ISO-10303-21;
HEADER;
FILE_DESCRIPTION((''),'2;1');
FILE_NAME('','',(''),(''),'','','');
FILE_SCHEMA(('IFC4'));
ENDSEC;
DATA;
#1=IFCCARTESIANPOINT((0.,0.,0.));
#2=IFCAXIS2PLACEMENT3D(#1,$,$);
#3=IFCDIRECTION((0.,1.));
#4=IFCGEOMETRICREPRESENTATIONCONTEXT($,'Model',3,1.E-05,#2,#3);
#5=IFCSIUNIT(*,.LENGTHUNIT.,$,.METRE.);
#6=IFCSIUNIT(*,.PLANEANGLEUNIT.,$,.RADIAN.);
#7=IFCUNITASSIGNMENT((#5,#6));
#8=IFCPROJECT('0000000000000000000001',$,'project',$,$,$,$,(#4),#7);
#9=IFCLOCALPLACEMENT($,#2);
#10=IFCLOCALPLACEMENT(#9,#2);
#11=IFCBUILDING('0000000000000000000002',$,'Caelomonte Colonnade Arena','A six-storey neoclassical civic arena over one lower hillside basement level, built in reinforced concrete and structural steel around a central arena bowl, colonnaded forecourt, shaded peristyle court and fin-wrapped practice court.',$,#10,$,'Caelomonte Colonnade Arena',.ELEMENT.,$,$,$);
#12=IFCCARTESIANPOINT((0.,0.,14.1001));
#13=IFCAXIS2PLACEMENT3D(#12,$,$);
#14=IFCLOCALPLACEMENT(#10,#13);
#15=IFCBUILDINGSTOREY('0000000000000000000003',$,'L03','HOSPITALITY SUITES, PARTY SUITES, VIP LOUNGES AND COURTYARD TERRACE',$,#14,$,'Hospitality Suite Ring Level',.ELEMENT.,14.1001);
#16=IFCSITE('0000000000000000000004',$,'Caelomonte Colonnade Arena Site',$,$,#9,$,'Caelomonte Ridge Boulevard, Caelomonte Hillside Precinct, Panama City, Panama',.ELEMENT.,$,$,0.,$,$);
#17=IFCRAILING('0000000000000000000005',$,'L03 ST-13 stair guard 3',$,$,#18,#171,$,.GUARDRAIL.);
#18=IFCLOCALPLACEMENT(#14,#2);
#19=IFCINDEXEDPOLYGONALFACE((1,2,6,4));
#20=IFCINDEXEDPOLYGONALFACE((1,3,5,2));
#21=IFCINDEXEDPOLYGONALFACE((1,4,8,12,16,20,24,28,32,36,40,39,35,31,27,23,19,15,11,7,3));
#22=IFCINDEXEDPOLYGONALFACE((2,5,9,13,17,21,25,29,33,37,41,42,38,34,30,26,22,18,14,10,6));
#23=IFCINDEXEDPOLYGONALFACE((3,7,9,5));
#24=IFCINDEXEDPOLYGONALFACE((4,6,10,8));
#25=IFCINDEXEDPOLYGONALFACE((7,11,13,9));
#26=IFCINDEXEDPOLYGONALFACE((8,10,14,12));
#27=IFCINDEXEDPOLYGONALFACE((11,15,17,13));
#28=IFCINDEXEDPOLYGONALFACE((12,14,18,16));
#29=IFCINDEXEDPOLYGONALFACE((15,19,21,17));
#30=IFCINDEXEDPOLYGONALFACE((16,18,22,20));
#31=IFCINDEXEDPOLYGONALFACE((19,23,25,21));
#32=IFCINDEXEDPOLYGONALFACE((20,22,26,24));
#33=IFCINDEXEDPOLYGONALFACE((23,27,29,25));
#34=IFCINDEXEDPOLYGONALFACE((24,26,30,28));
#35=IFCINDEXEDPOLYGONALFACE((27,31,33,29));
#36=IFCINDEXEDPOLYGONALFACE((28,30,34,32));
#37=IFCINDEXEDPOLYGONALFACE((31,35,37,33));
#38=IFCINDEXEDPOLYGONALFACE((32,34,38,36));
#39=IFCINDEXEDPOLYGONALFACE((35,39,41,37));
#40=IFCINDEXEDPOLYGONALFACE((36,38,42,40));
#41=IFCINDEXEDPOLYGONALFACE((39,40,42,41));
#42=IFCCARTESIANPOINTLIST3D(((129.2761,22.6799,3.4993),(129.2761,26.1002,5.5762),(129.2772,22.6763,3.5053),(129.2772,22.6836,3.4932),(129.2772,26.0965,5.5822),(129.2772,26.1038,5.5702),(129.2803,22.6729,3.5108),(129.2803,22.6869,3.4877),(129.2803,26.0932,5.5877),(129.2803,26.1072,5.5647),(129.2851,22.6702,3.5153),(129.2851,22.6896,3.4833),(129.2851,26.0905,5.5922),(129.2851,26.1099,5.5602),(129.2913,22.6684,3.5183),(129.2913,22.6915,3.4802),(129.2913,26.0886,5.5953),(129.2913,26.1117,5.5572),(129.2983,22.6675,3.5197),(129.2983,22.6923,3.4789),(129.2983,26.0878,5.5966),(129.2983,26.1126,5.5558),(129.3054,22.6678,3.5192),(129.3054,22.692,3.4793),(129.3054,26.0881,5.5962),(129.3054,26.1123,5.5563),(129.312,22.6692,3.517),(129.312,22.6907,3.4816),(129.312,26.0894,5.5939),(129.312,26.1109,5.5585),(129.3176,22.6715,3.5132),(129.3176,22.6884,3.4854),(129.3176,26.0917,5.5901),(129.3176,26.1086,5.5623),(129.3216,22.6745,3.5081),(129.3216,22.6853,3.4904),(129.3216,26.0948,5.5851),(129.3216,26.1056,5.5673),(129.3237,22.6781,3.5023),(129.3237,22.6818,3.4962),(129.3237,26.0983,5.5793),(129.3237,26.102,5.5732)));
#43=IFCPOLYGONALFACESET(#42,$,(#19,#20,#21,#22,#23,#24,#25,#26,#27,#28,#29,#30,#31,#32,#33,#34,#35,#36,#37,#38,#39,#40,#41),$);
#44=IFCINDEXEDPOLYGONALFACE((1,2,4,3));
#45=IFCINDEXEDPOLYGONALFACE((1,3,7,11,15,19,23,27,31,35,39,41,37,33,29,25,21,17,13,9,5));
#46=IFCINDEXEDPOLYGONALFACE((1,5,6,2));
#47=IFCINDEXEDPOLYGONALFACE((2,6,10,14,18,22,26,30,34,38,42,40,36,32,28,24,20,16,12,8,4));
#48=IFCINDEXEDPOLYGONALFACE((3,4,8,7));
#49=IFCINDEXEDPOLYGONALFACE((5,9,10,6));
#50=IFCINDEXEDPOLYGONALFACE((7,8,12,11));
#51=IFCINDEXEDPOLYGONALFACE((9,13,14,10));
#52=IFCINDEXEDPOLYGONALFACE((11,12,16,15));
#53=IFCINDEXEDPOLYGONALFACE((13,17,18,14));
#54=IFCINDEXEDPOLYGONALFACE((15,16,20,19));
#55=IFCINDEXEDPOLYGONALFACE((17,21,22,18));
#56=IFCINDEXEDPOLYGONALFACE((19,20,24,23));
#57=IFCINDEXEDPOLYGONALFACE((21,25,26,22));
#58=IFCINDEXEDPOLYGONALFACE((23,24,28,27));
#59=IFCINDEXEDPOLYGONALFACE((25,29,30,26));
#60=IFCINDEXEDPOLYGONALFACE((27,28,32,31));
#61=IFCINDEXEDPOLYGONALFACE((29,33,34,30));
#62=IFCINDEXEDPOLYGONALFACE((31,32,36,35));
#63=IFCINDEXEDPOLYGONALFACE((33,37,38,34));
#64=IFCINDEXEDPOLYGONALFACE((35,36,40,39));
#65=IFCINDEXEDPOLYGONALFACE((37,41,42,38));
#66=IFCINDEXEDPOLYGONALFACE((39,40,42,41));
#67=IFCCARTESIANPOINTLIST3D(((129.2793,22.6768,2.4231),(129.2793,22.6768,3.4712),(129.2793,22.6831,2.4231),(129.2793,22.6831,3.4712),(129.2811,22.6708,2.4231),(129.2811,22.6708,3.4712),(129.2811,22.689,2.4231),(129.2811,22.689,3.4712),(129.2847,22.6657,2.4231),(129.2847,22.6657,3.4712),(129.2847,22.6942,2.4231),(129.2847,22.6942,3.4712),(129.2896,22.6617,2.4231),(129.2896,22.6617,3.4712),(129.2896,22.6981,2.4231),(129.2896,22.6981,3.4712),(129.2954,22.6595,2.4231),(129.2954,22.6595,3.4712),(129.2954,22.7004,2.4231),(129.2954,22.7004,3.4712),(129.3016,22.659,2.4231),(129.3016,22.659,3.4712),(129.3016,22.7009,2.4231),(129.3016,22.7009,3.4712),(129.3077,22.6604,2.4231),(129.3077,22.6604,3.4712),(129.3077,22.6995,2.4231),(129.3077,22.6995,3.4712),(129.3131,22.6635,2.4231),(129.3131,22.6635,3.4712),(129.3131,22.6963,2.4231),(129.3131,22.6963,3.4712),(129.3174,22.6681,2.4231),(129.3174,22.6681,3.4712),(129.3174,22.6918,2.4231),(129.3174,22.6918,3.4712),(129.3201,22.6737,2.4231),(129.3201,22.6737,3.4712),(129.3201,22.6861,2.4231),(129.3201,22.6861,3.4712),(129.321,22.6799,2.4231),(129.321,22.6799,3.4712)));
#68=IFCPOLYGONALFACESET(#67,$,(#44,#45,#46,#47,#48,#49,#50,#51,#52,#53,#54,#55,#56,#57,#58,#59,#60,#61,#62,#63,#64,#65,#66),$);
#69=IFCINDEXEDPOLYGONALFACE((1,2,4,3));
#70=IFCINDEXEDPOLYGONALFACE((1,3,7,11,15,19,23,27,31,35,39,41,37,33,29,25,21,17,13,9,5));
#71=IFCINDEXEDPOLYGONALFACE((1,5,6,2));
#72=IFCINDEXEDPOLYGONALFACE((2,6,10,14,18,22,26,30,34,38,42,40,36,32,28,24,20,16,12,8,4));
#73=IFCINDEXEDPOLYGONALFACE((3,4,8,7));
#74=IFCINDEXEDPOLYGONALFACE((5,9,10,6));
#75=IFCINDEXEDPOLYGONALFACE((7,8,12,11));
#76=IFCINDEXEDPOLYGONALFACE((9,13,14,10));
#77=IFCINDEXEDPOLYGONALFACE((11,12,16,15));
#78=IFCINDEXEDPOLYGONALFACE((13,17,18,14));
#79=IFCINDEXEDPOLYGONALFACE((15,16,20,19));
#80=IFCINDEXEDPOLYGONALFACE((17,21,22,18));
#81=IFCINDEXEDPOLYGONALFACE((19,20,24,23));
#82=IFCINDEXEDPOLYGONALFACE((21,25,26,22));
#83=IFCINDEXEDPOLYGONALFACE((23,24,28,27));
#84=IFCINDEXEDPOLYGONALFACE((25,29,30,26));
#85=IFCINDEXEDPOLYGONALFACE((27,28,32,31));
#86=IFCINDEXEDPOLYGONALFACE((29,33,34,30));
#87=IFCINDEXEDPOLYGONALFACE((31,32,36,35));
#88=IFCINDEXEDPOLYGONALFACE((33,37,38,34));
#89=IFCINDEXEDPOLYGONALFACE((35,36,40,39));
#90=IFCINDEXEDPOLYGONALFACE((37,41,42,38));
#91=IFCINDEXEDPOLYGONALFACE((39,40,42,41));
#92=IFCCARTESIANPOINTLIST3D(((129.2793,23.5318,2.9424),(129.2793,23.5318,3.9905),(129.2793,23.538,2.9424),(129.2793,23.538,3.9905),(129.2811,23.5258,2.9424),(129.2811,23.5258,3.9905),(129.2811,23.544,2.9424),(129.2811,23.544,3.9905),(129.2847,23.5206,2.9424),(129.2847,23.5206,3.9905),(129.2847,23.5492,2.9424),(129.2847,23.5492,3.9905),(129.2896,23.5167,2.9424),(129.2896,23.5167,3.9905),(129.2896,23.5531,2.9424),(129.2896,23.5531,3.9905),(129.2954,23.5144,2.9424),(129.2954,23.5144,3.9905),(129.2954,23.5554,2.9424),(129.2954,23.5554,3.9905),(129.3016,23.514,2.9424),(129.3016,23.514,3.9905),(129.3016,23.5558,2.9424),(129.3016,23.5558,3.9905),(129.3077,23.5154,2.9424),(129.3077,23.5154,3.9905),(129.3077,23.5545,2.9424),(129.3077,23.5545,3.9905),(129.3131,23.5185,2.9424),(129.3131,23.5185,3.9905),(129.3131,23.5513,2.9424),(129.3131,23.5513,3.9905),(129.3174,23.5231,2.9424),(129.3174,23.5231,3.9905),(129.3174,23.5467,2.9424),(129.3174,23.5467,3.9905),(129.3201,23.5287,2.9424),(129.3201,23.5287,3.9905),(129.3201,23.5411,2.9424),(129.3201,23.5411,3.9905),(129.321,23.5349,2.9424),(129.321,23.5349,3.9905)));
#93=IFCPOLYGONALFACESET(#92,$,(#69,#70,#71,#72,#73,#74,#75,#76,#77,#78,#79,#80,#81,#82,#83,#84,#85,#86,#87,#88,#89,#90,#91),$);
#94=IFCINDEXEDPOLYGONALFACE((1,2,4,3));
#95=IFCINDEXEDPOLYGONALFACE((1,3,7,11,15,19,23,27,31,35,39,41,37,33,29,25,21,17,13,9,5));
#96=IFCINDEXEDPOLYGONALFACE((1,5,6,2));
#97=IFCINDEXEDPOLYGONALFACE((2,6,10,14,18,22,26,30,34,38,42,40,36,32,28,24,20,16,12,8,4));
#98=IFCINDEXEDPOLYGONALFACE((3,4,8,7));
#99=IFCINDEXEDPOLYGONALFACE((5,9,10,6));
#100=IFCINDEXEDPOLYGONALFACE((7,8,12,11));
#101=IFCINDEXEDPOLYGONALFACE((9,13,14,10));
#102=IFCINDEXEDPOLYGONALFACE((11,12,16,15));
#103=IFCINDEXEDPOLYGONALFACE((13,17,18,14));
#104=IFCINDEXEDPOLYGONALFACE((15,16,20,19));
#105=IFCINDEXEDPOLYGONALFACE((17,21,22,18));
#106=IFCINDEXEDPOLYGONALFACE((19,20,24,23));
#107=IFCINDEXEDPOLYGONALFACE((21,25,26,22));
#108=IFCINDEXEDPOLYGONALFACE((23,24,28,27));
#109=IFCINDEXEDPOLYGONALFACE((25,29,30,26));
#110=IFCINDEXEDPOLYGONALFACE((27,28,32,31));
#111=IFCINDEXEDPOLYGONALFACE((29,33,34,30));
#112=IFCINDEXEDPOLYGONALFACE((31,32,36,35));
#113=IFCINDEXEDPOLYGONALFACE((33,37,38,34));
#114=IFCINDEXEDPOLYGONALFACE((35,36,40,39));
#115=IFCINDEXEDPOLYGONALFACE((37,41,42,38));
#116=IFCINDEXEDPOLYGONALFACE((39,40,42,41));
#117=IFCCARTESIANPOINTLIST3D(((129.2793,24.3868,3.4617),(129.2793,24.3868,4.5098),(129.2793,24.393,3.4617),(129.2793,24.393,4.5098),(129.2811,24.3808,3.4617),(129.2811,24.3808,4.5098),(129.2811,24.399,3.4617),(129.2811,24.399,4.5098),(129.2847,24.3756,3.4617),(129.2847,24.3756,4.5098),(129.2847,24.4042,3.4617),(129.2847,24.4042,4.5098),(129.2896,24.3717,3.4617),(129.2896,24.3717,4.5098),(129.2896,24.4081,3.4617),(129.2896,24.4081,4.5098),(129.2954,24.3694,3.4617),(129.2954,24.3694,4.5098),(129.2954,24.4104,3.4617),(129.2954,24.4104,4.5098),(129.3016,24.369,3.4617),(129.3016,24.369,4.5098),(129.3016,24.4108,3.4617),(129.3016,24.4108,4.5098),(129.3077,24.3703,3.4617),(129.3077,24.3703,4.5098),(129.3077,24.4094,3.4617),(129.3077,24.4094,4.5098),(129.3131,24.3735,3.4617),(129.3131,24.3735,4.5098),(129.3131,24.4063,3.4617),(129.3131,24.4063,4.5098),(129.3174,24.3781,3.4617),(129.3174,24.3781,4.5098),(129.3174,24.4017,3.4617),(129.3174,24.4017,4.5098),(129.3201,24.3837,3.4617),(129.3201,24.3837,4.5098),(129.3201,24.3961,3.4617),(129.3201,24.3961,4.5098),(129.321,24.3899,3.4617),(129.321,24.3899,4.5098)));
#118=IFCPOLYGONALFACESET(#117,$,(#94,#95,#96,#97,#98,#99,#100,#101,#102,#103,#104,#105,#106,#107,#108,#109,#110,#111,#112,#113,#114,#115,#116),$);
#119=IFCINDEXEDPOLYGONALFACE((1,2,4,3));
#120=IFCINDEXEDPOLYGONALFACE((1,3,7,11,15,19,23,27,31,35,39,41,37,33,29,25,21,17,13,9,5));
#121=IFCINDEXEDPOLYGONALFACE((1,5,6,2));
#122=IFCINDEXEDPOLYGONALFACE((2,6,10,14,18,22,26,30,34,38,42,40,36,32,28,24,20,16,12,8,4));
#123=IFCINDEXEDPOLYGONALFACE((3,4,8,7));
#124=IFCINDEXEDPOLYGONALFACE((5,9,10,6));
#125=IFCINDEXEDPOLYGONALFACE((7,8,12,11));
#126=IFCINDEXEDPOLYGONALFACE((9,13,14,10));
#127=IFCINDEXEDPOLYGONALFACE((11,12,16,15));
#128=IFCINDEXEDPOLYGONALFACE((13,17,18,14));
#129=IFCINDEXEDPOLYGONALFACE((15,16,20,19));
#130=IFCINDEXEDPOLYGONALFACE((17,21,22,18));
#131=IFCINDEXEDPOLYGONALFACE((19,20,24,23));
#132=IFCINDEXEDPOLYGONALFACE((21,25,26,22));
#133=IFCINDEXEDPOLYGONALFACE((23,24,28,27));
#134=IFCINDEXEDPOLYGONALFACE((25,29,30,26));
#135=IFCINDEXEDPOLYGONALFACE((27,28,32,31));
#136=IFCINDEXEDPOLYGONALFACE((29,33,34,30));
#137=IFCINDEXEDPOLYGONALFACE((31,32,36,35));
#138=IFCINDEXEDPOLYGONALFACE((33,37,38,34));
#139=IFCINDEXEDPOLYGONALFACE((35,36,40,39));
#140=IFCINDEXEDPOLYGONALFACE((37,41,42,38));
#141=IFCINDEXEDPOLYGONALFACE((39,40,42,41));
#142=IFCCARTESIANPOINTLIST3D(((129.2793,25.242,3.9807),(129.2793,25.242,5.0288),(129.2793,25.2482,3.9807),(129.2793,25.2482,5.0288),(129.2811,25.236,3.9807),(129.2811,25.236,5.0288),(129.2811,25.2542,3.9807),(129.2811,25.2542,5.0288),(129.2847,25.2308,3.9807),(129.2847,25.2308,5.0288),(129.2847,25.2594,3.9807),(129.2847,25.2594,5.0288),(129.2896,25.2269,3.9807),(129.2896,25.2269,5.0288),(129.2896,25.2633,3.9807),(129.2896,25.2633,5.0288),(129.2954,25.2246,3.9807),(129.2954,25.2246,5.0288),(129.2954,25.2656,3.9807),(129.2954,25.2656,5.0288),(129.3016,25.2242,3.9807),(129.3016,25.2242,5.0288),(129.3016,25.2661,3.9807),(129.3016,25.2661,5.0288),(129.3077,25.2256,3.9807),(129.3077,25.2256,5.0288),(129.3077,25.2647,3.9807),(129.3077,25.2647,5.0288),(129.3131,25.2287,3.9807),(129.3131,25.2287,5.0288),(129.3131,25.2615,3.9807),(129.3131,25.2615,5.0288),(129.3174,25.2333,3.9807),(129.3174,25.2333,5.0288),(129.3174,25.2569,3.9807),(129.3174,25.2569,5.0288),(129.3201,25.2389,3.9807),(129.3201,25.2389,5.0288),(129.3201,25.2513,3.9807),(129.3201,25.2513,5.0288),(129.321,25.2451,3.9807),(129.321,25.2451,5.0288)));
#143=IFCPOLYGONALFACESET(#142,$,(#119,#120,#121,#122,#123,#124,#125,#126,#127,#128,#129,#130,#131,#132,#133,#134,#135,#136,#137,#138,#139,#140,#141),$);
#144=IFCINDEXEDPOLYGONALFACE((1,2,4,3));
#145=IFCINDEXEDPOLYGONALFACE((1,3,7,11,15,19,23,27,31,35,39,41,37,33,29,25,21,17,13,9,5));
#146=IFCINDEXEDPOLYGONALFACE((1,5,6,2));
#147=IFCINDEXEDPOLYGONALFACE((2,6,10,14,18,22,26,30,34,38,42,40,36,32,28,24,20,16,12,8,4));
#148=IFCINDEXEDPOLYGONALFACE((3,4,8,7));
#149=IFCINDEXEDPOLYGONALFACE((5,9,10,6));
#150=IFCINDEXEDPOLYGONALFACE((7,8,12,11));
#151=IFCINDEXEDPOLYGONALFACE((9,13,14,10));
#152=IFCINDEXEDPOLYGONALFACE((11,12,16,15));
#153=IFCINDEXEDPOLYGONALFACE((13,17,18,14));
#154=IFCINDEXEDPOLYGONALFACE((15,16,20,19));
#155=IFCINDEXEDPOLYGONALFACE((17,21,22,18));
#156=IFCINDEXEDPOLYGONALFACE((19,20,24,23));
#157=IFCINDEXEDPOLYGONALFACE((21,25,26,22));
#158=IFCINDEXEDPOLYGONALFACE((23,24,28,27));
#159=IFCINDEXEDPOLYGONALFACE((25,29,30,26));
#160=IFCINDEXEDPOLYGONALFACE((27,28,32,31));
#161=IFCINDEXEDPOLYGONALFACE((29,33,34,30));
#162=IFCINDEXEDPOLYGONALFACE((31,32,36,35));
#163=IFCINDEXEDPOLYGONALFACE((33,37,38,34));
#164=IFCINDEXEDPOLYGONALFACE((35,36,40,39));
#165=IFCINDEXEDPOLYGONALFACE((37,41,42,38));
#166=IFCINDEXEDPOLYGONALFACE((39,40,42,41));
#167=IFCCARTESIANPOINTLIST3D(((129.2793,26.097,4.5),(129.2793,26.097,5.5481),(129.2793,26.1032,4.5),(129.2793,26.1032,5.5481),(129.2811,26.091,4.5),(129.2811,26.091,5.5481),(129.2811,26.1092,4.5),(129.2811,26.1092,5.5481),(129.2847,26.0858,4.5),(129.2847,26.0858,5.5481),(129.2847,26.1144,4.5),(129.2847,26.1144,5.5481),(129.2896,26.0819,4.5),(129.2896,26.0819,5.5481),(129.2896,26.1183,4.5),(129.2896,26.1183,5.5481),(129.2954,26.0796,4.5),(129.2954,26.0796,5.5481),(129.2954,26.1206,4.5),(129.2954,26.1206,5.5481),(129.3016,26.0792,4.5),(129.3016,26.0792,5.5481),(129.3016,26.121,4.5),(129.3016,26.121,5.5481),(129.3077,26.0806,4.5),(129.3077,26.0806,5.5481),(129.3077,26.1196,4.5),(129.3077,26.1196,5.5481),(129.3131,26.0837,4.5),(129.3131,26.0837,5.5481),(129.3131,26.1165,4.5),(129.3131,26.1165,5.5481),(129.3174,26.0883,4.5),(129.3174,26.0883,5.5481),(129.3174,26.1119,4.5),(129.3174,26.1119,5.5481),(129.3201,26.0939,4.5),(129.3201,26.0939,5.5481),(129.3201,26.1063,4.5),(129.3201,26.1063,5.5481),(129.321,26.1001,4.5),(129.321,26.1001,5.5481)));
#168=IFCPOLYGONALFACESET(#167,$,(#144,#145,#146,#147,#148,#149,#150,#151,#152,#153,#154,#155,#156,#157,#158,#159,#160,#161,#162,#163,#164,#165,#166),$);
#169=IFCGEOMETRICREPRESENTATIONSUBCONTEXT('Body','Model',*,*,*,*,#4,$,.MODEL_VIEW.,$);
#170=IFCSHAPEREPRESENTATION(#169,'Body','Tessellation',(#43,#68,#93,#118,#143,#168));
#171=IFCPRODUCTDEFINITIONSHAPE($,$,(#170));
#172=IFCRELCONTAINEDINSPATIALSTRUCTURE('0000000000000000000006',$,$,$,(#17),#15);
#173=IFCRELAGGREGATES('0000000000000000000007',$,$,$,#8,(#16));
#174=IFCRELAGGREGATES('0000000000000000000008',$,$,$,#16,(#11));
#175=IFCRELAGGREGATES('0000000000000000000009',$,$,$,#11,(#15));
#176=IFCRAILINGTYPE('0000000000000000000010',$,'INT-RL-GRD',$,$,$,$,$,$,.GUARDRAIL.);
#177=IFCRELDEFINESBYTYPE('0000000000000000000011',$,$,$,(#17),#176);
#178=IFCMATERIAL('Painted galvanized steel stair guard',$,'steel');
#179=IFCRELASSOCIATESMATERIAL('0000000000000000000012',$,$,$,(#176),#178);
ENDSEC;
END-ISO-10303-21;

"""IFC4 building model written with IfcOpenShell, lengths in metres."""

from ifc_helpers import new_model, si_unit, direction, frame, origin, origin_2d, place, context, subcontext, project, spatial, circle, extrude, material, type_object, element, save


model = new_model("IFC4")

# Units and contexts
model_context = context("Model", 3, precision=1e-05, world=origin(), true_north=direction((0.0, 1.0)))
body_context = subcontext(model_context, "Body", "Model", "MODEL_VIEW")
ifc_project = project(units=[si_unit("LENGTHUNIT", "METRE"), si_unit("PLANEANGLEUNIT", "RADIAN")], contexts=[model_context])

# Site, building, storey
site_placement = place(None, origin())
site = spatial("IfcSite", under=ifc_project, at=site_placement, Name="Caelomonte Colonnade Arena Site", LongName="Caelomonte Ridge Boulevard, Caelomonte Hillside Precinct, Panama City, Panama", CompositionType="ELEMENT", RefElevation=0.0)
building_placement = place(site_placement, origin())
building = spatial("IfcBuilding", under=site, at=building_placement, Name="Caelomonte Colonnade Arena", Description="A six-storey neoclassical civic arena over one lower hillside basement level, built in reinforced concrete and structural steel around a central arena bowl, colonnaded forecourt, shaded peristyle court and fin-wrapped practice court.", LongName="Caelomonte Colonnade Arena", CompositionType="ELEMENT")
storey_placement = place(building_placement, frame((0.0, 0.0, 14.1001)))
storey = spatial("IfcBuildingStorey", under=building, at=storey_placement, Name="L03", Description="HOSPITALITY SUITES, PARTY SUITES, VIP LOUNGES AND COURTYARD TERRACE", LongName="Hospitality Suite Ring Level", CompositionType="ELEMENT", Elevation=14.1001)

# Railing
ifc_material_1 = material(Name="Painted galvanized steel stair guard", Category="steel")
railing_type_1 = type_object("IfcRailingType", Name="INT-RL-GRD", PredefinedType="GUARDRAIL", material=ifc_material_1)
railing_1_placement = place(storey_placement, frame((129.3, 22.6799, 2.4231)))
element("IfcRailing", 1, at=railing_1_placement, inside=storey, type_object=railing_type_1, Name="L03 ST-13 stair guard 3", PredefinedType="GUARDRAIL", context=body_context, shape_type="SweptSolid", body=[
    extrude(circle(Radius=0.0239, at=origin_2d()), frame((0.0, 0.0, 1.0762), z_axis=(0.0, 0.854746, 0.519047), x_axis=(-1.0, 0.0, 0.0)), (0.0, 0.0, 1.0), 4.0015),
    extrude(circle(Radius=0.021, at=origin_2d()), origin(), (0.0, 0.0, 1.0), 1.0481),
    extrude(circle(Radius=0.021, at=origin_2d()), frame((0.0, 0.855, 0.5193)), (0.0, 0.0, 1.0), 1.0481),
    extrude(circle(Radius=0.021, at=origin_2d()), frame((0.0, 1.71, 1.0386)), (0.0, 0.0, 1.0), 1.0481),
    extrude(circle(Radius=0.021, at=origin_2d()), frame((0.0, 2.5652, 1.5576)), (0.0, 0.0, 1.0), 1.0481),
    extrude(circle(Radius=0.021, at=origin_2d()), frame((0.0, 3.4202, 2.0769)), (0.0, 0.0, 1.0), 1.0481),
])

save(model, "model.ifc")
